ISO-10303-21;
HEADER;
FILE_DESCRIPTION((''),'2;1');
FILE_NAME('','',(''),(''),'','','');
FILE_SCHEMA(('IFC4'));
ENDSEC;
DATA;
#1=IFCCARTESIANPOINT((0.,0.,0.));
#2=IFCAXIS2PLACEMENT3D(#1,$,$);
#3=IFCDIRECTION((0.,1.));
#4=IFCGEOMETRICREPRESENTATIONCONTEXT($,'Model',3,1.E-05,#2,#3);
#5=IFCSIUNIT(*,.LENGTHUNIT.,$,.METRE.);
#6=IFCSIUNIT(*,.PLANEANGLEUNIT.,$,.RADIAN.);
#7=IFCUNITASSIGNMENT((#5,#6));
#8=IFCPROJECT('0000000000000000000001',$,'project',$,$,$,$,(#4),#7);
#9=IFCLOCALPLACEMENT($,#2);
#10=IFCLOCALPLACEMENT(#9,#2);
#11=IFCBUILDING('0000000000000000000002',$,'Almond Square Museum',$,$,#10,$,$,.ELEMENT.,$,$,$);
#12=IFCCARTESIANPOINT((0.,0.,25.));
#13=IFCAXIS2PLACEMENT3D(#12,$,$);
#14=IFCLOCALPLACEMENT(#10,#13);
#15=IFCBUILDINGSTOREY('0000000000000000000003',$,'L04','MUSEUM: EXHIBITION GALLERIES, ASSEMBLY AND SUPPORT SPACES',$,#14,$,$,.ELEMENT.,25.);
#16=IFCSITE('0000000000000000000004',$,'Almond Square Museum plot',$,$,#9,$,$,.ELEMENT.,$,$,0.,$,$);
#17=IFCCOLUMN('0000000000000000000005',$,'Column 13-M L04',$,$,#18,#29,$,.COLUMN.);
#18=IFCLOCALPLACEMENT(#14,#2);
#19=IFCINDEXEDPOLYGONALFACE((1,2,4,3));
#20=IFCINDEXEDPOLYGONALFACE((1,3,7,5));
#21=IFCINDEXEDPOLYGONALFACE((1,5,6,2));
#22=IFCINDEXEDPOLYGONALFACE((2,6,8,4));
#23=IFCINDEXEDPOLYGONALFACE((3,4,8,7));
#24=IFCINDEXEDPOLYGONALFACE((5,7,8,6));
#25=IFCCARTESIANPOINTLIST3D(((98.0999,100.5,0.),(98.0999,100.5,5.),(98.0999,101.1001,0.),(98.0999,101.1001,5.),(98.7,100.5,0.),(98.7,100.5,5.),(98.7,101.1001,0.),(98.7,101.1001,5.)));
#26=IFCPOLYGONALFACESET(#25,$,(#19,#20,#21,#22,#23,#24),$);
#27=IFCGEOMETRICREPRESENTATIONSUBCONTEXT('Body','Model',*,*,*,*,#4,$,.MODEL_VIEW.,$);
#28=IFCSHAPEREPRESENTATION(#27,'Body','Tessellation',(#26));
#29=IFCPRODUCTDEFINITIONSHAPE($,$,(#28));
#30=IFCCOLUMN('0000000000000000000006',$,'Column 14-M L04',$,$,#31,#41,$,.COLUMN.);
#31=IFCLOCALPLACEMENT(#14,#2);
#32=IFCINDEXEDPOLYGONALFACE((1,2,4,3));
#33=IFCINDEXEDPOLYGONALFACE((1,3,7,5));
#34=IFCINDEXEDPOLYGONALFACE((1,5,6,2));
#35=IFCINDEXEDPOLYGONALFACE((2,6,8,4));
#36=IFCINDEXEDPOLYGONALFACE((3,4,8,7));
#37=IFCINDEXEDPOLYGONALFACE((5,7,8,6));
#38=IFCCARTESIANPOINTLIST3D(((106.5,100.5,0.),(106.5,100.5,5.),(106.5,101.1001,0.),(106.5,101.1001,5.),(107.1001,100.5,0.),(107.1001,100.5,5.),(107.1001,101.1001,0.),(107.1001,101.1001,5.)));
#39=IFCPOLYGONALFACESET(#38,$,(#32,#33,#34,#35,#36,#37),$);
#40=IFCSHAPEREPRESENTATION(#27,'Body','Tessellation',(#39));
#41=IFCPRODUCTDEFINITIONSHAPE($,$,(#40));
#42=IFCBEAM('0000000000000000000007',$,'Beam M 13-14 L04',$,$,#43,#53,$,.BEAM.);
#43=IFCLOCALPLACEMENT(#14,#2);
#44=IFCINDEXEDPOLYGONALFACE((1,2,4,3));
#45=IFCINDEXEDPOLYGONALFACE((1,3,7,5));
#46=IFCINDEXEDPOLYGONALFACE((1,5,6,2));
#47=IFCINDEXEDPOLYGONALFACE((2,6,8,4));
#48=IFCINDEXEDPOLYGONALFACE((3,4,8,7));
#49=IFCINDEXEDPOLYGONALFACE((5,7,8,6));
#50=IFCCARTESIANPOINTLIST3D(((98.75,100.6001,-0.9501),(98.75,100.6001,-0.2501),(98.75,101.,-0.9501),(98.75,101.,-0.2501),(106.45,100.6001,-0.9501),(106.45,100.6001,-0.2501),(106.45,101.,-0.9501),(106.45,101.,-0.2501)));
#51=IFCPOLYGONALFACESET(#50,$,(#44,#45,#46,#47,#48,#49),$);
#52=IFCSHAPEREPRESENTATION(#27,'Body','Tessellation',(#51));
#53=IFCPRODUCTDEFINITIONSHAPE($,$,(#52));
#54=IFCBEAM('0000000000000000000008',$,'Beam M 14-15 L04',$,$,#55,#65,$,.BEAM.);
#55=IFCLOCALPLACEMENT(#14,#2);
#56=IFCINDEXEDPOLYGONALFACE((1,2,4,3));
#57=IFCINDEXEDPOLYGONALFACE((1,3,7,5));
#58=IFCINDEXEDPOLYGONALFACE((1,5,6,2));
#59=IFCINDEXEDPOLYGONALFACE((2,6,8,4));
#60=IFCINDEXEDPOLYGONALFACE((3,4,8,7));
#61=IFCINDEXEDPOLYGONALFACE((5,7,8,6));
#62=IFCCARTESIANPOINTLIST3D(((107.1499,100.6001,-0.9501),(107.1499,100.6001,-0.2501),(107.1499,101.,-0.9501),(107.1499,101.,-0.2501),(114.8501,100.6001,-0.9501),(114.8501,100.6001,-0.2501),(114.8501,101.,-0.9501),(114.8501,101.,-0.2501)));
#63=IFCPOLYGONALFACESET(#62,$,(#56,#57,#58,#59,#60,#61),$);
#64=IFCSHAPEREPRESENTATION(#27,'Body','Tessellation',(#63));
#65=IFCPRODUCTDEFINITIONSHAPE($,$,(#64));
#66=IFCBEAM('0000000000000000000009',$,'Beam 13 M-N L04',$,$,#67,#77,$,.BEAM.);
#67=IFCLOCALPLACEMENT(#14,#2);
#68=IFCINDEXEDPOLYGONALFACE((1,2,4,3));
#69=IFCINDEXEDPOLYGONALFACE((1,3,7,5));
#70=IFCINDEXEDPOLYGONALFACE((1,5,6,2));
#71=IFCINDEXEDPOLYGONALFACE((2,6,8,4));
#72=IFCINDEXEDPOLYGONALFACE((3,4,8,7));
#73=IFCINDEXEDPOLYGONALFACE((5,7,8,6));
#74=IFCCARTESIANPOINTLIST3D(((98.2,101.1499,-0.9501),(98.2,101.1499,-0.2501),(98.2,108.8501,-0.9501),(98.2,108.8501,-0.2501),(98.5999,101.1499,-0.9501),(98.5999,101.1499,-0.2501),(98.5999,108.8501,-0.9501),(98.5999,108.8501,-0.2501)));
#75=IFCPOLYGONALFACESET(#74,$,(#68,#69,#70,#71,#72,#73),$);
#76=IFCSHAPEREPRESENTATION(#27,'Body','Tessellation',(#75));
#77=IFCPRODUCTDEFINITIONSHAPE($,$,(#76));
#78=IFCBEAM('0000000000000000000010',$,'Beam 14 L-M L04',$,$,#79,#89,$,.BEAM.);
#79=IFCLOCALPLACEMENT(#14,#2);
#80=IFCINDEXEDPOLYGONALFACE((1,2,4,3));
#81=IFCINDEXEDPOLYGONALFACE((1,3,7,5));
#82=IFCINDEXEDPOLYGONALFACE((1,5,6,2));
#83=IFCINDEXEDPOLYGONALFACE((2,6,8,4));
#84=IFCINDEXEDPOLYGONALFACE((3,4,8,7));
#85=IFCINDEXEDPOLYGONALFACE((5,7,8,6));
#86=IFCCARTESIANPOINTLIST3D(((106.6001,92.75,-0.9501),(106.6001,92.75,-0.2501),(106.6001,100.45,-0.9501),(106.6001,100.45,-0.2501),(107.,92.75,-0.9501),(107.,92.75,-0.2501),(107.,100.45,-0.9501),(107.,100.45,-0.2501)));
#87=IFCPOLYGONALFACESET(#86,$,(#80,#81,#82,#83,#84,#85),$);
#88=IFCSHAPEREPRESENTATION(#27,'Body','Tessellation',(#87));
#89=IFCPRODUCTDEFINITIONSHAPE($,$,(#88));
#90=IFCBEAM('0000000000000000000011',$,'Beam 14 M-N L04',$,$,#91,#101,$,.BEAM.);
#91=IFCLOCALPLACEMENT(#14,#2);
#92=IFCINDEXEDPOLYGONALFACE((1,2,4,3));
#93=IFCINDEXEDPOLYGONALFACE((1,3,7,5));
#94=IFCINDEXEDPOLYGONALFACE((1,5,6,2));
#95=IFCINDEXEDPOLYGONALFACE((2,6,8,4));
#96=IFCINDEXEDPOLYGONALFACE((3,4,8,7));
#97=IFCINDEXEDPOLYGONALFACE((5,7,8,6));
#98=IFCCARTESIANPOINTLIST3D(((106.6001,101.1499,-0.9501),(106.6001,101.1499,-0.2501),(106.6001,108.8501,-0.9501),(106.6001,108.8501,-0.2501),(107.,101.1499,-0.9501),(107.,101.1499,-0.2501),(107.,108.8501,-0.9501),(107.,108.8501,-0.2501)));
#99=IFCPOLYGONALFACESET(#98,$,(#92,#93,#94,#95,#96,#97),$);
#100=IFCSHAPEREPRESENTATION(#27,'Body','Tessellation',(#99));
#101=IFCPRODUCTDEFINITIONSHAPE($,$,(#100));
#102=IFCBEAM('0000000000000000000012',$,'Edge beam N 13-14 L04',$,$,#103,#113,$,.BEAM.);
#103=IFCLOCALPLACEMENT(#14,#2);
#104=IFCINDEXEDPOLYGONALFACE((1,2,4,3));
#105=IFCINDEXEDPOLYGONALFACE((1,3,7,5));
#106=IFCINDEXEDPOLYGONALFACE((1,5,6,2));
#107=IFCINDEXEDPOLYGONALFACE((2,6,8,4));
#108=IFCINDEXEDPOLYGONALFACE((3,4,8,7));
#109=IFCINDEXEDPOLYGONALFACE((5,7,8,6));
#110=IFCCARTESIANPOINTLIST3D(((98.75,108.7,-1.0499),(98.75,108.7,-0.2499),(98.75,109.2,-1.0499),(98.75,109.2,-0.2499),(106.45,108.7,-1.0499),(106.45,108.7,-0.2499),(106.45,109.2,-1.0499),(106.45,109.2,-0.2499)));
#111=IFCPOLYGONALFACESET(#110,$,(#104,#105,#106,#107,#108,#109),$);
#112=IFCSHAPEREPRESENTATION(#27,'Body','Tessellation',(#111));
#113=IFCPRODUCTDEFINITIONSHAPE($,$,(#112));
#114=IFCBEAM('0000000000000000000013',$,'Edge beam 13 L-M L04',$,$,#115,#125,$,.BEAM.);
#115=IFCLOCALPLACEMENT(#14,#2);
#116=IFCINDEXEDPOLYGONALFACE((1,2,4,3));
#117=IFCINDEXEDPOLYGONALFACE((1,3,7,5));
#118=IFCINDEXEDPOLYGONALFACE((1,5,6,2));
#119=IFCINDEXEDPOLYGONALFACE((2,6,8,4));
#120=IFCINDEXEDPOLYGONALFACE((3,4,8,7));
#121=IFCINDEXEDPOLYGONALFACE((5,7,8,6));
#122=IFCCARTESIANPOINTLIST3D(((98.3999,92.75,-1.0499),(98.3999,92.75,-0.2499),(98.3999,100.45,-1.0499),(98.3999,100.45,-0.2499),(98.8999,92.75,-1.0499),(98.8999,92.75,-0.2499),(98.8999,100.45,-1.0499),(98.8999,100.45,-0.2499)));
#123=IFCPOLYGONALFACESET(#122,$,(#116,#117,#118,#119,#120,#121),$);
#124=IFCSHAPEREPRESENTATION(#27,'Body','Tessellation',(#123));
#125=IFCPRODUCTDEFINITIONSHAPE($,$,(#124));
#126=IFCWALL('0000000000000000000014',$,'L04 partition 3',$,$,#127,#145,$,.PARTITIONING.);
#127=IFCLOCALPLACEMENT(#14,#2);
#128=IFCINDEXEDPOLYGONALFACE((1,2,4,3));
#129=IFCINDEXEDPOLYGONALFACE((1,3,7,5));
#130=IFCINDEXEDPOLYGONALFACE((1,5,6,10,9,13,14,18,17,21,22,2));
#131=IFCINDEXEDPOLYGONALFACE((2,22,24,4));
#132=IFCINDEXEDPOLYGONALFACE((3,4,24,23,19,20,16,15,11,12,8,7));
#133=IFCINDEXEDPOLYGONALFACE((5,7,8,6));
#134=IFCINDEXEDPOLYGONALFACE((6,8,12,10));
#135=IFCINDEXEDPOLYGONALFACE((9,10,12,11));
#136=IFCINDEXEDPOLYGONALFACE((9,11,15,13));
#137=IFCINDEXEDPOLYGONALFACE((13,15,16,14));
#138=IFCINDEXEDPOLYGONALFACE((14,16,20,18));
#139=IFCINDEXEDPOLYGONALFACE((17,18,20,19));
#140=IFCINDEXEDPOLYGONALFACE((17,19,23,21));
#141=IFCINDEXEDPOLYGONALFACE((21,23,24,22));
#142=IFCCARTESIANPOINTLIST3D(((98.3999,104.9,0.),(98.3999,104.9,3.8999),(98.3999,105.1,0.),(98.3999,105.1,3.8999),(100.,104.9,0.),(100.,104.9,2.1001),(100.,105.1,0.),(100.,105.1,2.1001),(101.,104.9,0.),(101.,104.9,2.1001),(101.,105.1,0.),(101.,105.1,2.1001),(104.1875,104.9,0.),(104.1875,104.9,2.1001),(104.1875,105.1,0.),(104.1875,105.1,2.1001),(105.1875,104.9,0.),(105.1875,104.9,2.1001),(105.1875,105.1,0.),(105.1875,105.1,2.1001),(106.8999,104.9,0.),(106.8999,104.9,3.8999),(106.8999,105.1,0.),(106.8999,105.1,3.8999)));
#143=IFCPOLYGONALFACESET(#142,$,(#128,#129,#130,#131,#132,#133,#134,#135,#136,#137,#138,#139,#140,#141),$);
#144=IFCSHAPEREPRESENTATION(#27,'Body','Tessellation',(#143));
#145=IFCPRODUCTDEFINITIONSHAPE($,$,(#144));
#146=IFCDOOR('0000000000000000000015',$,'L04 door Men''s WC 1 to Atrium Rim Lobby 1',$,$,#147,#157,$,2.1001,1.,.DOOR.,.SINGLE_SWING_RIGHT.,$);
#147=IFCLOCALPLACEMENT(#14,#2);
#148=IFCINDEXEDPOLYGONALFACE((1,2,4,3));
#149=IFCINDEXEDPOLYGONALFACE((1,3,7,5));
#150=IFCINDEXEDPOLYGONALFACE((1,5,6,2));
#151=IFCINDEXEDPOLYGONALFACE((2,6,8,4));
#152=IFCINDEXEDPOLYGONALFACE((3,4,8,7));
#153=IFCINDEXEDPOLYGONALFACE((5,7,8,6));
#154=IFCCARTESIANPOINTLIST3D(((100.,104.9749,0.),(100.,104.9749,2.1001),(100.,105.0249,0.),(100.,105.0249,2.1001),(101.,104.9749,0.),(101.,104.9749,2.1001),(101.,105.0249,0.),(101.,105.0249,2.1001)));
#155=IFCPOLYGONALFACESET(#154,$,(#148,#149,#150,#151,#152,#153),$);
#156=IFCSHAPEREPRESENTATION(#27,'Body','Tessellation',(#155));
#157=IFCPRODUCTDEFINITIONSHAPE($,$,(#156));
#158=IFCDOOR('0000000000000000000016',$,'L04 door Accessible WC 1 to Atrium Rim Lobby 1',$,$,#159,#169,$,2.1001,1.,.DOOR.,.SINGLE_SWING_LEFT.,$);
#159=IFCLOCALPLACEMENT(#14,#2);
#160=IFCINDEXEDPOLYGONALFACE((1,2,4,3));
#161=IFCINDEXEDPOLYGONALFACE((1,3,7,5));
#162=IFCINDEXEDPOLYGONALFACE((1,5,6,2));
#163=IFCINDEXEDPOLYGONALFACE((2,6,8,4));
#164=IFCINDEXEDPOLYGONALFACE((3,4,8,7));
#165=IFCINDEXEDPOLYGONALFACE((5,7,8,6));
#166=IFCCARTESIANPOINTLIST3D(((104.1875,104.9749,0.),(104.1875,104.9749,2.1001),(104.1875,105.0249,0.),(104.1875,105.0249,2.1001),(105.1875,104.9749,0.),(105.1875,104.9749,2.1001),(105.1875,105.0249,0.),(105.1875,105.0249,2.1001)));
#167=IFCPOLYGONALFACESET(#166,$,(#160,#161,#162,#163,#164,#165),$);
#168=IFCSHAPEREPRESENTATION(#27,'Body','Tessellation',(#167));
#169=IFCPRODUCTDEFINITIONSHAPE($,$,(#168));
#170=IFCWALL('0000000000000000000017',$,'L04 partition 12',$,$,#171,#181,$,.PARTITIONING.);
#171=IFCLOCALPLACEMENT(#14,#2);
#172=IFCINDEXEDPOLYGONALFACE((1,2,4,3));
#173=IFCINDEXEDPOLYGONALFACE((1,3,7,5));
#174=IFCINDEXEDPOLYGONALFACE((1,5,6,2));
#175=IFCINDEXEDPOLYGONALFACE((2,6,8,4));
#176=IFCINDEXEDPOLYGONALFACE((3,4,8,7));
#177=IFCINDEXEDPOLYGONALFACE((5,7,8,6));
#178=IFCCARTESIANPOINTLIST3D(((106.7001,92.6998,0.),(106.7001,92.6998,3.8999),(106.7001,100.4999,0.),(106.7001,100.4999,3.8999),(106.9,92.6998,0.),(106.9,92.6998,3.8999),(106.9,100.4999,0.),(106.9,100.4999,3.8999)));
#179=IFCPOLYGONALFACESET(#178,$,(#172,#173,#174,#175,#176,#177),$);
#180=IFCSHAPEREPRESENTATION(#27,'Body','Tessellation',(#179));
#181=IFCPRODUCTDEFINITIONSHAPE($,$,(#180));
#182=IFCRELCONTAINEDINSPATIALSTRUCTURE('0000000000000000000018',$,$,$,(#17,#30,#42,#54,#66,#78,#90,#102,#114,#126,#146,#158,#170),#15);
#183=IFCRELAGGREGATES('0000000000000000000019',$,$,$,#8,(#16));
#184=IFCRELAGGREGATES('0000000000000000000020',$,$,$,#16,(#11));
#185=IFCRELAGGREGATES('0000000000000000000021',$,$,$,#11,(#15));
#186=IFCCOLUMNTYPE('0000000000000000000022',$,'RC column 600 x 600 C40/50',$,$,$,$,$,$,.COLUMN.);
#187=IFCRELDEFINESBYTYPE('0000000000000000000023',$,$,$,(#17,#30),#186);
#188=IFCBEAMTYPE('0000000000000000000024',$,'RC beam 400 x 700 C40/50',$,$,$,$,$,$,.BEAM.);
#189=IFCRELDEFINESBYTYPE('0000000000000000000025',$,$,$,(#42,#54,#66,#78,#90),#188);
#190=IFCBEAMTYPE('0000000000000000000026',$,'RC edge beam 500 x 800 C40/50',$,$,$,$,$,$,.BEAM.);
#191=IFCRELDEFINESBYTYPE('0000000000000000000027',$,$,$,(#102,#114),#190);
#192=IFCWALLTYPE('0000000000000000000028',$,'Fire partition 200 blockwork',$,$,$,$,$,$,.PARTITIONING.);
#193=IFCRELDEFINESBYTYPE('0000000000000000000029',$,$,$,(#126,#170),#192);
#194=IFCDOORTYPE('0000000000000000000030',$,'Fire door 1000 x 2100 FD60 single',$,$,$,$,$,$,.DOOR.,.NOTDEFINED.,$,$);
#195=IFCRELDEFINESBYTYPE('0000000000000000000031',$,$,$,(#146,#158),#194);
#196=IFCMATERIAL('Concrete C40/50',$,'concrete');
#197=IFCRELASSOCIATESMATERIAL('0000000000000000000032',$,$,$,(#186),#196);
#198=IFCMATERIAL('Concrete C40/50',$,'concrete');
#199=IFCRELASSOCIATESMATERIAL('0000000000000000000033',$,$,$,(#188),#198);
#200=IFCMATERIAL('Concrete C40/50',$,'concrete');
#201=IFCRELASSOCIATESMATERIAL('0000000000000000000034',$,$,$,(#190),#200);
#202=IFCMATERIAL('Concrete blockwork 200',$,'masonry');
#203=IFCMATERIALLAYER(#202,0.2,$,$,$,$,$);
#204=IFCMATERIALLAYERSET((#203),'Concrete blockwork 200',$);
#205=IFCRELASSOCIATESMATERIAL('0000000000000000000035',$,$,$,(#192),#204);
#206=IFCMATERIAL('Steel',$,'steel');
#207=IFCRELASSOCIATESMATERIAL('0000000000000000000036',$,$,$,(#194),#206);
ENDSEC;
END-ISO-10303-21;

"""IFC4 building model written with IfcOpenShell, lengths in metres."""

from ifc_helpers import new_model, si_unit, direction, frame, frame_2d, origin, origin_2d, place, context, subcontext, project, spatial, rectangle, extrude, material, layer, layer_set, material_profile, profile_set, type_object, element, fill, save


model = new_model("IFC4")

# Units and contexts
model_context = context("Model", 3, precision=1e-05, world=origin(), true_north=direction((0.0, 1.0)))
body_context = subcontext(model_context, "Body", "Model", "MODEL_VIEW")
ifc_project = project(units=[si_unit("LENGTHUNIT", "METRE"), si_unit("PLANEANGLEUNIT", "RADIAN")], contexts=[model_context])

# Site, building, storey
site_placement = place(None, origin())
site = spatial("IfcSite", under=ifc_project, at=site_placement, Name="Almond Square Museum plot", CompositionType="ELEMENT", RefElevation=0.0)
building_placement = place(site_placement, origin())
building = spatial("IfcBuilding", under=site, at=building_placement, Name="Almond Square Museum", CompositionType="ELEMENT")
storey_placement = place(building_placement, frame((0.0, 0.0, 25.0)))
storey = spatial("IfcBuildingStorey", under=building, at=storey_placement, Name="L04", Description="MUSEUM: EXHIBITION GALLERIES, ASSEMBLY AND SUPPORT SPACES", CompositionType="ELEMENT", Elevation=25.0)

# Columns
ifc_material_1 = material(Name="Concrete C40/50", Category="concrete")
ifc_material_profile_1 = material_profile(ifc_material_1, rectangle(XDim=0.6001, YDim=0.6001, at=origin_2d()))
ifc_profile_set_1 = profile_set([ifc_material_profile_1], Name="Concrete C40/50")
column_type = type_object("IfcColumnType", Name="RC column 600 x 600 C40/50", PredefinedType="COLUMN", material=ifc_profile_set_1)
for number, where, z_axis, x_axis, name in (
    (1, (98.3999, 100.8, 0.0), (0.0, 0.0, 1.0), (1.0, 0.0, 0.0), "Column 13-M L04"),
    (2, (106.8, 100.8, 0.0), (0.0, 0.0, 1.0), (1.0, 0.0, 0.0), "Column 14-M L04"),
):
    element("IfcColumn", number, at=place(storey_placement, frame(where, z_axis=z_axis, x_axis=x_axis)), inside=storey, type_object=column_type, Name=name, PredefinedType="COLUMN", context=body_context, shape_type="SweptSolid", body=[
        extrude(rectangle(XDim=0.6001, YDim=0.6001, at=origin_2d()), origin(), (0.0, 0.0, 1.0), 5.0),
    ])

# Beams
ifc_material_2 = material(Name="Concrete C40/50", Category="concrete")
ifc_material_profile_2 = material_profile(ifc_material_2, rectangle(XDim=0.3999, YDim=0.7, at=origin_2d()))
ifc_profile_set_2 = profile_set([ifc_material_profile_2], Name="Concrete C40/50")
beam_type_1 = type_object("IfcBeamType", Name="RC beam 400 x 700 C40/50", PredefinedType="BEAM", material=ifc_profile_set_2)
beam_1_placement = place(storey_placement, frame((98.75, 100.8, -0.6001), z_axis=(1.0, 0.0, 0.0), x_axis=(0.0, 1.0, 0.0)))
element("IfcBeam", 3, at=beam_1_placement, inside=storey, type_object=beam_type_1, Name="Beam M 13-14 L04", PredefinedType="BEAM", context=body_context, shape_type="SweptSolid", body=[
    extrude(rectangle(XDim=0.3999, YDim=0.7, at=origin_2d()), origin(), (0.0, 0.0, 1.0), 7.7),
])
for number, where, z_axis, x_axis, name in (
    (4, (107.1499, 100.8, -0.6001), (1.0, 0.0, 0.0), (0.0, 1.0, 0.0), "Beam M 14-15 L04"),
    (5, (98.3999, 101.1499, -0.6001), (0.0, 1.0, 0.0), (-1.0, 0.0, 0.0), "Beam 13 M-N L04"),
):
    element("IfcBeam", number, at=place(storey_placement, frame(where, z_axis=z_axis, x_axis=x_axis)), inside=storey, type_object=beam_type_1, Name=name, PredefinedType="BEAM", context=body_context, shape_type="SweptSolid", body=[
        extrude(rectangle(XDim=0.3999, YDim=0.7, at=origin_2d()), origin(), (0.0, 0.0, 1.0), 7.7002),
    ])
beam_2_placement = place(storey_placement, frame((106.8, 92.75, -0.6001), z_axis=(0.0, 1.0, 0.0), x_axis=(-1.0, 0.0, 0.0)))
element("IfcBeam", 6, at=beam_2_placement, inside=storey, type_object=beam_type_1, Name="Beam 14 L-M L04", PredefinedType="BEAM", context=body_context, shape_type="SweptSolid", body=[
    extrude(rectangle(XDim=0.3999, YDim=0.7, at=origin_2d()), origin(), (0.0, 0.0, 1.0), 7.7),
])
beam_3_placement = place(storey_placement, frame((106.8, 101.1499, -0.6001), z_axis=(0.0, 1.0, 0.0), x_axis=(-1.0, 0.0, 0.0)))
element("IfcBeam", 7, at=beam_3_placement, inside=storey, type_object=beam_type_1, Name="Beam 14 M-N L04", PredefinedType="BEAM", context=body_context, shape_type="SweptSolid", body=[
    extrude(rectangle(XDim=0.3999, YDim=0.7, at=origin_2d()), origin(), (0.0, 0.0, 1.0), 7.7002),
])
ifc_material_3 = material(Name="Concrete C40/50", Category="concrete")
ifc_material_profile_3 = material_profile(ifc_material_3, rectangle(XDim=0.5, YDim=0.8, at=origin_2d()))
ifc_profile_set_3 = profile_set([ifc_material_profile_3], Name="Concrete C40/50")
beam_type_2 = type_object("IfcBeamType", Name="RC edge beam 500 x 800 C40/50", PredefinedType="BEAM", material=ifc_profile_set_3)
for number, where, z_axis, x_axis, name in (
    (8, (98.75, 108.95, -0.6499), (1.0, 0.0, 0.0), (0.0, 1.0, 0.0), "Edge beam N 13-14 L04"),
    (9, (98.6499, 92.75, -0.6499), (0.0, 1.0, 0.0), (-1.0, 0.0, 0.0), "Edge beam 13 L-M L04"),
):
    element("IfcBeam", number, at=place(storey_placement, frame(where, z_axis=z_axis, x_axis=x_axis)), inside=storey, type_object=beam_type_2, Name=name, PredefinedType="BEAM", context=body_context, shape_type="SweptSolid", body=[
        extrude(rectangle(XDim=0.5, YDim=0.8, at=origin_2d()), origin(), (0.0, 0.0, 1.0), 7.7),
    ])

# Wall, openings, doors
ifc_material_4 = material(Name="Concrete blockwork 200", Category="masonry")
ifc_layer_1 = layer(ifc_material_4, 0.2)
ifc_layer_set_1 = layer_set([ifc_layer_1], Name="Concrete blockwork 200")
wall_type_1 = type_object("IfcWallType", Name="Fire partition 200 blockwork", PredefinedType="PARTITIONING", material=ifc_layer_set_1)
wall_1_placement = place(storey_placement, frame((98.3999, 105.0, 0.0), z_axis=(0.0, 0.0, 1.0), x_axis=(1.0, 0.0, 0.0)))
wall_1 = element("IfcWall", 10, at=wall_1_placement, inside=storey, type_object=wall_type_1, Name="L04 partition 3", PredefinedType="PARTITIONING", context=body_context, shape_type="SweptSolid", body=[
    extrude(rectangle(XDim=8.5, YDim=0.2, at=frame_2d((4.25, 0.0))), origin(), (0.0, 0.0, 1.0), 3.8999),
])
opening_1_placement = place(wall_1_placement, frame((1.6001, 0.0, 0.0)))
opening_1 = element("IfcOpeningElement", 11, at=opening_1_placement, cuts=wall_1, PredefinedType="OPENING", context=body_context, shape_type="SweptSolid", body=[
    extrude(rectangle(XDim=1.0, YDim=2.1001, at=frame_2d((0.5, 1.05))), frame((0.0, 0.1099, 0.0), z_axis=(0.0, -1.0, 0.0), x_axis=(1.0, 0.0, 0.0)), (0.0, 0.0, 1.0), 0.22),
])
opening_2_placement = place(wall_1_placement, frame((5.7876, 0.0, 0.0)))
opening_2 = element("IfcOpeningElement", 12, at=opening_2_placement, cuts=wall_1, PredefinedType="OPENING", context=body_context, shape_type="SweptSolid", body=[
    extrude(rectangle(XDim=1.0, YDim=2.1001, at=frame_2d((0.5, 1.05))), frame((0.0, 0.1099, 0.0), z_axis=(0.0, -1.0, 0.0), x_axis=(1.0, 0.0, 0.0)), (0.0, 0.0, 1.0), 0.22),
])
ifc_material_5 = material(Name="Steel", Category="steel")
door_type_1 = type_object("IfcDoorType", Name="Fire door 1000 x 2100 FD60 single", OperationType="NOTDEFINED", PredefinedType="DOOR", material=ifc_material_5)
door_1_placement = place(opening_1_placement, origin())
door_1 = element("IfcDoor", 13, at=door_1_placement, inside=storey, type_object=door_type_1, Name="L04 door Men's WC 1 to Atrium Rim Lobby 1", OperationType="SINGLE_SWING_RIGHT", OverallHeight=2.1001, OverallWidth=1.0, PredefinedType="DOOR", context=body_context, shape_type="SweptSolid", body=[
    extrude(rectangle(XDim=1.0, YDim=2.1001, at=frame_2d((0.5, 1.05))), frame((0.0, 0.0249, 0.0), z_axis=(0.0, -1.0, 0.0), x_axis=(1.0, 0.0, 0.0)), (0.0, 0.0, 1.0), 0.05),
])
fill(opening_1, door_1)
door_2_placement = place(opening_2_placement, origin())
door_2 = element("IfcDoor", 14, at=door_2_placement, inside=storey, type_object=door_type_1, Name="L04 door Accessible WC 1 to Atrium Rim Lobby 1", OperationType="SINGLE_SWING_LEFT", OverallHeight=2.1001, OverallWidth=1.0, PredefinedType="DOOR", context=body_context, shape_type="SweptSolid", body=[
    extrude(rectangle(XDim=1.0, YDim=2.1001, at=frame_2d((0.5, 1.05))), frame((0.0, 0.0249, 0.0), z_axis=(0.0, -1.0, 0.0), x_axis=(1.0, 0.0, 0.0)), (0.0, 0.0, 1.0), 0.05),
])
fill(opening_2, door_2)

# Wall
wall_2_placement = place(storey_placement, frame((106.8, 92.7, 0.0), z_axis=(0.0, 0.0, 1.0), x_axis=(0.0, 1.0, 0.0)))
element("IfcWall", 15, at=wall_2_placement, inside=storey, type_object=wall_type_1, Name="L04 partition 12", PredefinedType="PARTITIONING", context=body_context, shape_type="SweptSolid", body=[
    extrude(rectangle(XDim=7.8, YDim=0.2, at=frame_2d((3.8999, 0.0))), origin(), (0.0, 0.0, 1.0), 3.8999),
])

save(model, "model.ifc")
